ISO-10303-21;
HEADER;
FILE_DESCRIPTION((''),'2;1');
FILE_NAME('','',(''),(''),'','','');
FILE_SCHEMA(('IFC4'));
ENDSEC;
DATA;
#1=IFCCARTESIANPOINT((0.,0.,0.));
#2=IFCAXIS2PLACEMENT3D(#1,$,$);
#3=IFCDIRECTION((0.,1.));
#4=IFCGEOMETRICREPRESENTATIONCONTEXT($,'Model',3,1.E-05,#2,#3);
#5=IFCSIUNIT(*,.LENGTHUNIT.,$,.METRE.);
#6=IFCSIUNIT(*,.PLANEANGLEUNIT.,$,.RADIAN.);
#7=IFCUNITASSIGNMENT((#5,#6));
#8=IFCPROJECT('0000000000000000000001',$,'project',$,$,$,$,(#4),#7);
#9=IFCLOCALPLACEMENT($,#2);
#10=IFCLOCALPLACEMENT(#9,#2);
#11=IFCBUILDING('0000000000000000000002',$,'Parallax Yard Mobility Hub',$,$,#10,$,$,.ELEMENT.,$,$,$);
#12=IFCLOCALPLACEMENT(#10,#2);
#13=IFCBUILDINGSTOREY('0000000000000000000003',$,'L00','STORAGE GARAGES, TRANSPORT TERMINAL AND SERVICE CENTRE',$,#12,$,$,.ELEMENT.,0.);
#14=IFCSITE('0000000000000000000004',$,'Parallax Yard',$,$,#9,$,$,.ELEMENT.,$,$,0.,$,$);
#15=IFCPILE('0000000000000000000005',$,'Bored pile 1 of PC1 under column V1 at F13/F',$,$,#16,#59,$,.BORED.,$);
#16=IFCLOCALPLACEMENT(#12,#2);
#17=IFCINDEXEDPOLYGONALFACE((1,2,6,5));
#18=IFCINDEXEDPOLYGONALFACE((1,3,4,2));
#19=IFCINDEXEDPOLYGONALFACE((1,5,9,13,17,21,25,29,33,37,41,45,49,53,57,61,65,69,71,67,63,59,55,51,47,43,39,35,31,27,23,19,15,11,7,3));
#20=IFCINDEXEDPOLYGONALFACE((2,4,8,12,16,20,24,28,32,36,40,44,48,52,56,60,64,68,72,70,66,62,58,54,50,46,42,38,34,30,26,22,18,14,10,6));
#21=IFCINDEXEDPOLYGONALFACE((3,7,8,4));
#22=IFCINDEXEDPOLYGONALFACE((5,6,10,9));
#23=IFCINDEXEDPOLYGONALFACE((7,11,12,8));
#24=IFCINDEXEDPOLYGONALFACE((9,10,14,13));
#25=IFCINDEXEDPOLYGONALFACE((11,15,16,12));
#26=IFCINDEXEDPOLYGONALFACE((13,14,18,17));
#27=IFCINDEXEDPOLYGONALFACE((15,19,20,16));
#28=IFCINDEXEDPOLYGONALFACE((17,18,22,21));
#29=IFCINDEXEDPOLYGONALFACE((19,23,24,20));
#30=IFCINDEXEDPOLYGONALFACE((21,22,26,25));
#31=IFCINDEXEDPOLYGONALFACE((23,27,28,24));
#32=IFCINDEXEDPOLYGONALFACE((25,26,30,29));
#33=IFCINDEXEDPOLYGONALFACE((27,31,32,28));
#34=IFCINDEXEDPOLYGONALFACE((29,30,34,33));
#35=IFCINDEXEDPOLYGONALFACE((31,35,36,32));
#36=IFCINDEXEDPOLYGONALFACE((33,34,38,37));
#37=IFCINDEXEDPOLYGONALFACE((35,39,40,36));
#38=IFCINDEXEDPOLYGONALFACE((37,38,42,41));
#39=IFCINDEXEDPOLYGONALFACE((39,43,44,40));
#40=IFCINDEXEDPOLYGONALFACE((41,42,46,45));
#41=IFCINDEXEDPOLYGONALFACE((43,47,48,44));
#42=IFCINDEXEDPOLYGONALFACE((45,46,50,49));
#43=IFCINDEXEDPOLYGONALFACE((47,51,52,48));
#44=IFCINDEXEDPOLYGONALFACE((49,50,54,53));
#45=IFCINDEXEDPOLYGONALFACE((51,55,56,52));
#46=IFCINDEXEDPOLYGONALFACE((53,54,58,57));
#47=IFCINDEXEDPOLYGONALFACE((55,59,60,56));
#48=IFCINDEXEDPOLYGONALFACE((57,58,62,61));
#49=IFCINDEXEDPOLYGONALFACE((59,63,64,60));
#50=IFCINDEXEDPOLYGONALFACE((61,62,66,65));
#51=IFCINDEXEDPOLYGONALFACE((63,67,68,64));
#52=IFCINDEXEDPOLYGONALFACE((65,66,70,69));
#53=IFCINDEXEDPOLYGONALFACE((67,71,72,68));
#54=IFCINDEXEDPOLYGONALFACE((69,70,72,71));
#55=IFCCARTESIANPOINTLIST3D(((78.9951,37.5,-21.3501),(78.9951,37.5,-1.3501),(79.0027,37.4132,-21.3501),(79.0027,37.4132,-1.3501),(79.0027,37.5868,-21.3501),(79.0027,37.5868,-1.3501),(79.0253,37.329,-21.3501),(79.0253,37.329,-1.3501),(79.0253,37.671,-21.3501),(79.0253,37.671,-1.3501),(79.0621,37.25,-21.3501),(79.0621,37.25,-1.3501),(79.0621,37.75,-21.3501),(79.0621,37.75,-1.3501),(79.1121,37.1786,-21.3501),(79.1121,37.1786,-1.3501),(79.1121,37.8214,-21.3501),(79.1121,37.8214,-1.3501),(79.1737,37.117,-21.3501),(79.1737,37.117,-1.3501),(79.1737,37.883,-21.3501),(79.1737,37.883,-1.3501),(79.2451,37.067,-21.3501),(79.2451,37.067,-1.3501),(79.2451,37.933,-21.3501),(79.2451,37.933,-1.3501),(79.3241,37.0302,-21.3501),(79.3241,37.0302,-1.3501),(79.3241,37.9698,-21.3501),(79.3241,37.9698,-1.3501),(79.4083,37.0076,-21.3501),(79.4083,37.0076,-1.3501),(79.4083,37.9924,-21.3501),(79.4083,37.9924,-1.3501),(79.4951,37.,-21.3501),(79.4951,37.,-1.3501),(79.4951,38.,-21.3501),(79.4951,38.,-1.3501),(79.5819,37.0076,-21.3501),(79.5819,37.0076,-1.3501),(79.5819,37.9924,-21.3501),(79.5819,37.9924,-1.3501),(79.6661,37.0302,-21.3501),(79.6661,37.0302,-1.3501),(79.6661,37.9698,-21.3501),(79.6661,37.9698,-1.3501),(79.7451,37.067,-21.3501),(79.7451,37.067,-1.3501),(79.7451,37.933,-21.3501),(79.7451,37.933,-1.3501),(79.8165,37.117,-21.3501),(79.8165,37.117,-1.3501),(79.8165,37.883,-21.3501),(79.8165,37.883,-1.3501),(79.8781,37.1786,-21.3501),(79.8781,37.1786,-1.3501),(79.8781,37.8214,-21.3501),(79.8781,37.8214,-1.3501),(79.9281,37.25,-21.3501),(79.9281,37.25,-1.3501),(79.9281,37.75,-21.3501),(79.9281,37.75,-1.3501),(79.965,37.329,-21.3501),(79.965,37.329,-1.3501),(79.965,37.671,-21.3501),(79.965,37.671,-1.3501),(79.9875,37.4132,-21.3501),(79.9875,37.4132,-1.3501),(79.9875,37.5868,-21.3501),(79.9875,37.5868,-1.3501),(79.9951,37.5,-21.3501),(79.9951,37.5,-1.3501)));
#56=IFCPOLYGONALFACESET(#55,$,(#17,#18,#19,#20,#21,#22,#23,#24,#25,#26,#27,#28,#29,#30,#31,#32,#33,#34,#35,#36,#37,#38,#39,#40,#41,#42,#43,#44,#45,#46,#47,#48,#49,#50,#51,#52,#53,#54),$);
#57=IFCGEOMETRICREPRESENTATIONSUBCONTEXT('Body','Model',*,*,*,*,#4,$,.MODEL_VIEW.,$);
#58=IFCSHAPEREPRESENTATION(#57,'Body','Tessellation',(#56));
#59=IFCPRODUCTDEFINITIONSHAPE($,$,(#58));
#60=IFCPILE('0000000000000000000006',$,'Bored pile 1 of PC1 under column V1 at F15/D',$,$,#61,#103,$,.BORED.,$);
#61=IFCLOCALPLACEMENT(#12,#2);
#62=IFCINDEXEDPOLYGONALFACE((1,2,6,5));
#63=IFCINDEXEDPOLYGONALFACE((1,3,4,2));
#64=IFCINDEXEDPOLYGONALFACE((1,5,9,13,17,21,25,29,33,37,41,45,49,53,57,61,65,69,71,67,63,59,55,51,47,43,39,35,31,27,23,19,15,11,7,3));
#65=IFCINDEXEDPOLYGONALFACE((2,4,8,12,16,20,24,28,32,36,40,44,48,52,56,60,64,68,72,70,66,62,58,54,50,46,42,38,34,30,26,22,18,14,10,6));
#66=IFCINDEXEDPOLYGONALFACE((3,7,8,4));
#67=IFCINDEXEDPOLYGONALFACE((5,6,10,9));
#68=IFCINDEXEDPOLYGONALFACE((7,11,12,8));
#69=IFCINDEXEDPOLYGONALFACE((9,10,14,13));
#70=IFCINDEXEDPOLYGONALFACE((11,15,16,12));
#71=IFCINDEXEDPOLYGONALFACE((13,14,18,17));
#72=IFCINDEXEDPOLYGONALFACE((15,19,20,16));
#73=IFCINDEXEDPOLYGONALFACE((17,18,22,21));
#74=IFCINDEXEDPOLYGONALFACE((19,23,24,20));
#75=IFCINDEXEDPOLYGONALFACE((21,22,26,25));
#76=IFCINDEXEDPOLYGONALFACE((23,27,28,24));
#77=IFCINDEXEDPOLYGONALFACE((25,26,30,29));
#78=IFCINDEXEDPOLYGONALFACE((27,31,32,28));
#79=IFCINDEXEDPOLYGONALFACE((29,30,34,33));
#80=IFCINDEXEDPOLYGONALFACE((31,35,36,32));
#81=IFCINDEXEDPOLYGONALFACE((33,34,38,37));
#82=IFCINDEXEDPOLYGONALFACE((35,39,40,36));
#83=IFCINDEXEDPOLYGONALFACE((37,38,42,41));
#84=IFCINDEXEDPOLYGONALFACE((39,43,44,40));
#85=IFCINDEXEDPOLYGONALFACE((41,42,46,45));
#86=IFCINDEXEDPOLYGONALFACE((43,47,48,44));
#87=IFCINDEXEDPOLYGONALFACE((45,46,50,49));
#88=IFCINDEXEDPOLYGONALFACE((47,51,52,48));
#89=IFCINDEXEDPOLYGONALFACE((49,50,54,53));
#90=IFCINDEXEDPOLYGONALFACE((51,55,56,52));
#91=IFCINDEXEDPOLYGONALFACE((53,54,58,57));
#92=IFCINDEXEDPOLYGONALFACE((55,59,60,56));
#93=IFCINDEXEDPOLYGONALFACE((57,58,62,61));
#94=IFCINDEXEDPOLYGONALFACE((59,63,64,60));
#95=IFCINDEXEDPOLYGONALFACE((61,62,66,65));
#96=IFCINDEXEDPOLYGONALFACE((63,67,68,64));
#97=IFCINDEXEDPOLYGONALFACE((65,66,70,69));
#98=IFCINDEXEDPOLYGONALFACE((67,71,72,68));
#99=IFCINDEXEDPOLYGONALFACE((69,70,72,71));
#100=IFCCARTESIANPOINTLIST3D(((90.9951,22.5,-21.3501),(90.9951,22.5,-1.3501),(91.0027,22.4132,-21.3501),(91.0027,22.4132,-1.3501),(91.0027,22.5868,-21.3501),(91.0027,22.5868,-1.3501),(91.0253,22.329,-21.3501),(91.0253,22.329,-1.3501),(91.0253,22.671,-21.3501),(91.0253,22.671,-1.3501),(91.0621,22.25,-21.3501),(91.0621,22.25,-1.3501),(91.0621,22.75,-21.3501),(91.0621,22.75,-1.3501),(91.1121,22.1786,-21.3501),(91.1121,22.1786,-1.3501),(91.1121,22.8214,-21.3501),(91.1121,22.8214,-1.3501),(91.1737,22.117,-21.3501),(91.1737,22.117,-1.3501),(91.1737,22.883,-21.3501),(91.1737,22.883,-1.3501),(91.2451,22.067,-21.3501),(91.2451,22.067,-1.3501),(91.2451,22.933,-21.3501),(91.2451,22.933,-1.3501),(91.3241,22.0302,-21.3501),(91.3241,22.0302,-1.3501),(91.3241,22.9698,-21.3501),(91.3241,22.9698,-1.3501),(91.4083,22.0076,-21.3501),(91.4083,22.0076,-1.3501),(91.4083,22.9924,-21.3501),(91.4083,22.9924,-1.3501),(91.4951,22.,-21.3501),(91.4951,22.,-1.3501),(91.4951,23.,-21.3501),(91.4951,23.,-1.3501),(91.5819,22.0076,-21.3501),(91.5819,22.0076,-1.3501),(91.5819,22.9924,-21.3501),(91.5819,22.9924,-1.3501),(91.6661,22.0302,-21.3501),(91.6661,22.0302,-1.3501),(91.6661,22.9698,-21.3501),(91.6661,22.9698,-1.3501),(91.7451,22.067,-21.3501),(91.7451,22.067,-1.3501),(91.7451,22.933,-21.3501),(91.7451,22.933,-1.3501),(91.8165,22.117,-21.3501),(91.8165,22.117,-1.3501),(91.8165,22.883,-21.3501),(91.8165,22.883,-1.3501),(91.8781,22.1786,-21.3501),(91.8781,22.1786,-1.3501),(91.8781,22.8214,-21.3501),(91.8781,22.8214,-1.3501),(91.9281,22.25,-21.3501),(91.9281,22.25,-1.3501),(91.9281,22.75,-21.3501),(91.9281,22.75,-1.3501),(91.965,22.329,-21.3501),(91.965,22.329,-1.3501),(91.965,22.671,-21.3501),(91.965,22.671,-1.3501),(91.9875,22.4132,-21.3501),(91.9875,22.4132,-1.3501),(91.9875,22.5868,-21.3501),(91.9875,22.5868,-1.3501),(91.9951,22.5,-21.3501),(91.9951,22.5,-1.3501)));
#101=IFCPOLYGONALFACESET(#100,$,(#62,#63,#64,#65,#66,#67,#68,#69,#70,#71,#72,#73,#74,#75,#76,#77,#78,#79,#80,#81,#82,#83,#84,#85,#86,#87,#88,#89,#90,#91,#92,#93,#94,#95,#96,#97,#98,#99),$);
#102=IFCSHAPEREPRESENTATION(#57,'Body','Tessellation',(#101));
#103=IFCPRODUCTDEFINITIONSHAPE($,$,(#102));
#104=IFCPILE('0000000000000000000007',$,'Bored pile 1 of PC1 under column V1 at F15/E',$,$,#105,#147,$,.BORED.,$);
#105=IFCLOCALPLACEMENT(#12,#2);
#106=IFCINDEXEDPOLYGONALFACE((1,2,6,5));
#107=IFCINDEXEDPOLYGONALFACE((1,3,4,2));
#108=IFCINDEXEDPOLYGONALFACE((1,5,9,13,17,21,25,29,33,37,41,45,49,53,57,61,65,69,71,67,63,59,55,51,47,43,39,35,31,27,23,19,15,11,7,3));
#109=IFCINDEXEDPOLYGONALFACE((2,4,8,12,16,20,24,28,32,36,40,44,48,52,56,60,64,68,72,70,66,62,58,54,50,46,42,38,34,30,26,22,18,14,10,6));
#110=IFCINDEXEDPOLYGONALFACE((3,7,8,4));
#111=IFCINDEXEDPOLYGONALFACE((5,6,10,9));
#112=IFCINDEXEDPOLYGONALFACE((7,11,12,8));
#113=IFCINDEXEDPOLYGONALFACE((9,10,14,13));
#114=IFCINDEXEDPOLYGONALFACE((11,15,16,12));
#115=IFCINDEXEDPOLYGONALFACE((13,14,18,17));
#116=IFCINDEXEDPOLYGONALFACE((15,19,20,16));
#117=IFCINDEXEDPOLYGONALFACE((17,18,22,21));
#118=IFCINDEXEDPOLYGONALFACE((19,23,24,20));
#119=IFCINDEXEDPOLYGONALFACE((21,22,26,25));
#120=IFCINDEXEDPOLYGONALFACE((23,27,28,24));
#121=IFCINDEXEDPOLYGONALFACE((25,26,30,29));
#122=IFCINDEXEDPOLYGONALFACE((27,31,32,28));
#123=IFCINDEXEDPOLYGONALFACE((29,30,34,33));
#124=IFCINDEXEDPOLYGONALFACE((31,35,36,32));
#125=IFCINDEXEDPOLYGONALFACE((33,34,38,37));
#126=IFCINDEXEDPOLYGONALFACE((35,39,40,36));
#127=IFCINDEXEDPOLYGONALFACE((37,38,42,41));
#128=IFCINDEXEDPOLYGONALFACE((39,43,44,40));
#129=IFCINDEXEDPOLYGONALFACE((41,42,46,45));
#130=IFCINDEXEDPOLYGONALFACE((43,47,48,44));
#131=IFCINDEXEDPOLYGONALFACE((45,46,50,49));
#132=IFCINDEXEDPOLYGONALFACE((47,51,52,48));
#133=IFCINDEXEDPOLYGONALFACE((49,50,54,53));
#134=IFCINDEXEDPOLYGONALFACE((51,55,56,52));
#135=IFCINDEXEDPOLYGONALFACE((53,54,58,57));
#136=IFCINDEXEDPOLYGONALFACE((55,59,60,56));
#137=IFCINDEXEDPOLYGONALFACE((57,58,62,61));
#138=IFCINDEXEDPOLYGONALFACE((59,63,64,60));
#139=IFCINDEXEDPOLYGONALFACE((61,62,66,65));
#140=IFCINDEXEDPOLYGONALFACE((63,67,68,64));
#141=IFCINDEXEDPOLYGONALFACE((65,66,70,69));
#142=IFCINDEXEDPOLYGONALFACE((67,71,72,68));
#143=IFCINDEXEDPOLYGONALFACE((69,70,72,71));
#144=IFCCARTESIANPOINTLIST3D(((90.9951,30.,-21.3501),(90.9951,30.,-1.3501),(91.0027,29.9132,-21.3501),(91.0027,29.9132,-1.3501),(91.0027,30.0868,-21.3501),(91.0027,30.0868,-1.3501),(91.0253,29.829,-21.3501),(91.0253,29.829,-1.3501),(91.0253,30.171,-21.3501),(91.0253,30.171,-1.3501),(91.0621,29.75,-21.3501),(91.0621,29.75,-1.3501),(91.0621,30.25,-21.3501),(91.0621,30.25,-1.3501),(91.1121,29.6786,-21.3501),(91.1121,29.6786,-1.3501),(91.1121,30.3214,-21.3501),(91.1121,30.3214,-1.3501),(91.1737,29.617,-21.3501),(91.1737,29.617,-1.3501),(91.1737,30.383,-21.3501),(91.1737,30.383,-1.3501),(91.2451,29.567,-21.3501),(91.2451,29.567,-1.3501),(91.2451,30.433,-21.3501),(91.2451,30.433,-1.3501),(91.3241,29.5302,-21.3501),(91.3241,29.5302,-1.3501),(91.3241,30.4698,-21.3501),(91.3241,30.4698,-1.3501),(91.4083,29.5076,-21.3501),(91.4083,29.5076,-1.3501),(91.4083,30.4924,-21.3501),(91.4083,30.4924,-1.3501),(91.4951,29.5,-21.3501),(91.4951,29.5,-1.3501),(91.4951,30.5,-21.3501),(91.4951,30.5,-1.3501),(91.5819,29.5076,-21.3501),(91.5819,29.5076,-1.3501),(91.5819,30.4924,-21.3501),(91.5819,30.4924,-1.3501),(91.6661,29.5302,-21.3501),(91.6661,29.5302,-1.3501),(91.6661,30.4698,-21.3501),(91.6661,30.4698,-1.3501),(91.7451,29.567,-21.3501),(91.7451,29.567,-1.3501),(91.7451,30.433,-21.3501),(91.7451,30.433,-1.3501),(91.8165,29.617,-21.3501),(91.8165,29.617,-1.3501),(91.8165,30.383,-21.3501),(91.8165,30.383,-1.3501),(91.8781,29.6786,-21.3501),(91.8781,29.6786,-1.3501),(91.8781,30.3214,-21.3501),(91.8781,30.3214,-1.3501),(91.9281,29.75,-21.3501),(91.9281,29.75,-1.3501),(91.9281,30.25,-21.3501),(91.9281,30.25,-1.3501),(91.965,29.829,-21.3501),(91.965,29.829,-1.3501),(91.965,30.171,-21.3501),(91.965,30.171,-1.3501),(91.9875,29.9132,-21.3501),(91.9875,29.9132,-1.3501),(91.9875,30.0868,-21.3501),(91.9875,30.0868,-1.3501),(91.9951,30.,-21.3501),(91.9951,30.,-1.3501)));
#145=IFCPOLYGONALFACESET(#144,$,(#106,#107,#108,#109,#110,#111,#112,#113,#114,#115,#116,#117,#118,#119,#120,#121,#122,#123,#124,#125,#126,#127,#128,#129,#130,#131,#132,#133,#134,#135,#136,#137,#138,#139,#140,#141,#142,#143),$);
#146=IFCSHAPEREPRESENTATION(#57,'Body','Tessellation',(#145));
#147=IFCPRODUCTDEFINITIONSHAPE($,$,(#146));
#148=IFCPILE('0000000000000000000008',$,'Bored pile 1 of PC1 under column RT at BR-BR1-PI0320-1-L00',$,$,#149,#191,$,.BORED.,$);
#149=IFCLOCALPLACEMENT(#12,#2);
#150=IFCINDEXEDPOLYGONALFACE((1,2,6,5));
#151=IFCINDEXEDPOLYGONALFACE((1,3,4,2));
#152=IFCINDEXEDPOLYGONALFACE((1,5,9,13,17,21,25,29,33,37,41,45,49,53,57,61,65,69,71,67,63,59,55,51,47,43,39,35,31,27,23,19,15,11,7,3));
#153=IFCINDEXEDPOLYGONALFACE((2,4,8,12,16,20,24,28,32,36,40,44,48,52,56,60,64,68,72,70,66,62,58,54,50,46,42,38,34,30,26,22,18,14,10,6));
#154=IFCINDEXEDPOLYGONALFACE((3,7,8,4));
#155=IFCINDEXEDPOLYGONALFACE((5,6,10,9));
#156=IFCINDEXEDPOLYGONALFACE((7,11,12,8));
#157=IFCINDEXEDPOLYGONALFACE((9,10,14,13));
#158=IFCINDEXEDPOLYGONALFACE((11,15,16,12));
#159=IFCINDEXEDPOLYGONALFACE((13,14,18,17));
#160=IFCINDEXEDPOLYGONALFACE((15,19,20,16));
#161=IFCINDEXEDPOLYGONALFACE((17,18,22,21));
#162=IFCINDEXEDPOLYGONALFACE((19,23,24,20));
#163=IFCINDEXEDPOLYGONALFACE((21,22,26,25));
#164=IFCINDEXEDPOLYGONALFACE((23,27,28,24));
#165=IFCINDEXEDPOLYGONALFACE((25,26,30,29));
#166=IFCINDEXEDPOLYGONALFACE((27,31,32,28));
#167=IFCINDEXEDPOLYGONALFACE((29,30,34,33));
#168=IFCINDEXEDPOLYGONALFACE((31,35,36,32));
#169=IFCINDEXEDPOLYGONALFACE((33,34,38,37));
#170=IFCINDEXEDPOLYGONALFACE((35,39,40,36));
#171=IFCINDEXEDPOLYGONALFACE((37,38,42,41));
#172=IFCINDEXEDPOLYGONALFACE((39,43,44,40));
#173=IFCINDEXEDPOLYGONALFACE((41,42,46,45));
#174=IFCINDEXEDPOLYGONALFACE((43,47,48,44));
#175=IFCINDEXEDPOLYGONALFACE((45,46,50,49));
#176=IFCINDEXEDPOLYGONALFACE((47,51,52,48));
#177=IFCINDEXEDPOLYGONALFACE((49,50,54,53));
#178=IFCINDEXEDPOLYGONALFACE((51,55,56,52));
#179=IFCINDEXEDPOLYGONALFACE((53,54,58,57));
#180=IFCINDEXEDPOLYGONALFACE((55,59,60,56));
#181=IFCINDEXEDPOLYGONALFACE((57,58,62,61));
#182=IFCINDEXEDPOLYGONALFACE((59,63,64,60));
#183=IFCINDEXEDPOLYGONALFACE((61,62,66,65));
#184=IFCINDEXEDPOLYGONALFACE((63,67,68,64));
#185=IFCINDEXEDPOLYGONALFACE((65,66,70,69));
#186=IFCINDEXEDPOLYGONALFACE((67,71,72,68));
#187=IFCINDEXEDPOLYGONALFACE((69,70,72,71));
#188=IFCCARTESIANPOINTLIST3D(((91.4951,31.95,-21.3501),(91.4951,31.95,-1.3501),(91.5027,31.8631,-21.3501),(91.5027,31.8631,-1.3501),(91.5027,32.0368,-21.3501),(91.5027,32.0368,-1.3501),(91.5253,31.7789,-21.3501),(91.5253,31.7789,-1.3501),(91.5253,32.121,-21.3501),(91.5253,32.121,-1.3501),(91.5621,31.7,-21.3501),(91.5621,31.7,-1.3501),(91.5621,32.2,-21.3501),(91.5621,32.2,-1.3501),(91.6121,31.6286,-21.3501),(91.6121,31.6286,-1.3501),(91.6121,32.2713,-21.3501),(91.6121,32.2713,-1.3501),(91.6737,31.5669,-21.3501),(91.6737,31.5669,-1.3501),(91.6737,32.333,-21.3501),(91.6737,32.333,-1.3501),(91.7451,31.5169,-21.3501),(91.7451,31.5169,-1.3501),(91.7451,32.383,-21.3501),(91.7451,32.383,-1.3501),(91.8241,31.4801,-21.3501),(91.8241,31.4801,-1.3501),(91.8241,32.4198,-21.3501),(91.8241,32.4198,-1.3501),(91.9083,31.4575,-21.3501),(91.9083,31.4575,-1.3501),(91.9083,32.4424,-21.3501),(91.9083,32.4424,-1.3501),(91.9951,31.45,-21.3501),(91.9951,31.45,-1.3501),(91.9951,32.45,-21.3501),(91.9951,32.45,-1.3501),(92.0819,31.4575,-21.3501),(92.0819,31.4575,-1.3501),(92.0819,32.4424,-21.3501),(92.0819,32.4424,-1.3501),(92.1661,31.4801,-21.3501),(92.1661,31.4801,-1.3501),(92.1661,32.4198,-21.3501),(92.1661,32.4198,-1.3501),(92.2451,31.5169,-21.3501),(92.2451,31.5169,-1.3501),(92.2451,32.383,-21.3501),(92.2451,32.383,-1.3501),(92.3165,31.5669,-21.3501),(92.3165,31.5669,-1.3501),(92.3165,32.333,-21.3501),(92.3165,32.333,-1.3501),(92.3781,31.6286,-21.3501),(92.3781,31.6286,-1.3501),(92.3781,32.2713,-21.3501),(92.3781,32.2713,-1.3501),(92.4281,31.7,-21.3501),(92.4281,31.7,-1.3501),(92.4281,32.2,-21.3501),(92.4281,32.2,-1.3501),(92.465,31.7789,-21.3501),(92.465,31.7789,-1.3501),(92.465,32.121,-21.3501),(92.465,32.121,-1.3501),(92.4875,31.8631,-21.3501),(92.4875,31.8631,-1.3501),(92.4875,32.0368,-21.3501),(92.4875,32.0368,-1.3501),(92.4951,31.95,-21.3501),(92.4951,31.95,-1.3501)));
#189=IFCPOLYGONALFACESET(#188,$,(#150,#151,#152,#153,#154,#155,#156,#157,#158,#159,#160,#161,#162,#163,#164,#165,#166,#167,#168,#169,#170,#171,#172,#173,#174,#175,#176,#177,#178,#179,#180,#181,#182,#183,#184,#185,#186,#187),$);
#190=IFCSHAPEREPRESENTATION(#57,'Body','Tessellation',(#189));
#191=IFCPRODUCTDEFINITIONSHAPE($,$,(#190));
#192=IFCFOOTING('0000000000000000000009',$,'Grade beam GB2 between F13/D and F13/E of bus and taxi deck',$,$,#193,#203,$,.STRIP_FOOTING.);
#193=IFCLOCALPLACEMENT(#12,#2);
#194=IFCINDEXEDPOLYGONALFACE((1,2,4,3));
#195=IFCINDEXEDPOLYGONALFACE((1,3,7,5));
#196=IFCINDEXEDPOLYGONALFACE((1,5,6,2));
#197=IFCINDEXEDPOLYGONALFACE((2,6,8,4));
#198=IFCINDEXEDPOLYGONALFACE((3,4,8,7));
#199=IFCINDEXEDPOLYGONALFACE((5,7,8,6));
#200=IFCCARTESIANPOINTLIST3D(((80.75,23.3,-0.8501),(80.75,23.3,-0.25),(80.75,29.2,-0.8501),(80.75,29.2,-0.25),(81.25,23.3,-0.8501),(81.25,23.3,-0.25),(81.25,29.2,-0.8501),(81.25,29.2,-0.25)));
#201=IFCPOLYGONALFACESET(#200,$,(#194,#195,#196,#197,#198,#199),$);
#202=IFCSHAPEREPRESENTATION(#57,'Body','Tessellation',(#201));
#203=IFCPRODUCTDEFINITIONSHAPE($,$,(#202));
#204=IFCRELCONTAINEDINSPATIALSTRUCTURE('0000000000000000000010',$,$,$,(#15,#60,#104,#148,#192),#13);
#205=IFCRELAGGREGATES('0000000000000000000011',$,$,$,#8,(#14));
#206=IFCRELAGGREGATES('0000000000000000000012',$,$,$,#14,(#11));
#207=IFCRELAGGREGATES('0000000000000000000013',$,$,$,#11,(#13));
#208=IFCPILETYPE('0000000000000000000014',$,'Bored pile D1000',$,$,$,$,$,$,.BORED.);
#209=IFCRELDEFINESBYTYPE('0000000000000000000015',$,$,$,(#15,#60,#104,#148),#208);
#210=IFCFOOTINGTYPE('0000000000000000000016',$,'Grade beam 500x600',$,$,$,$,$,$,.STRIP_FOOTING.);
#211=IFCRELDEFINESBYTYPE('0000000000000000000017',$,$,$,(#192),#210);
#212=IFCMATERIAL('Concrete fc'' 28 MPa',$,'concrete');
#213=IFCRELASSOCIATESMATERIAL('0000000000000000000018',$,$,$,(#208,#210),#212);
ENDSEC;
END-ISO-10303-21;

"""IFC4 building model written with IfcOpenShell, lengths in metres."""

from ifc_helpers import new_model, si_unit, direction, frame, origin, origin_2d, place, context, subcontext, project, spatial, rectangle, circle, extrude, material, material_profile, profile_set, type_object, element, save


model = new_model("IFC4")

# Units and contexts
model_context = context("Model", 3, precision=1e-05, world=origin(), true_north=direction((0.0, 1.0)))
body_context = subcontext(model_context, "Body", "Model", "MODEL_VIEW")
ifc_project = project(units=[si_unit("LENGTHUNIT", "METRE"), si_unit("PLANEANGLEUNIT", "RADIAN")], contexts=[model_context])

# Site, building, storey
site_placement = place(None, origin())
site = spatial("IfcSite", under=ifc_project, at=site_placement, Name="Parallax Yard", CompositionType="ELEMENT", RefElevation=0.0)
building_placement = place(site_placement, origin())
building = spatial("IfcBuilding", under=site, at=building_placement, Name="Parallax Yard Mobility Hub", CompositionType="ELEMENT")
storey_placement = place(building_placement, origin())
storey = spatial("IfcBuildingStorey", under=building, at=storey_placement, Name="L00", Description="STORAGE GARAGES, TRANSPORT TERMINAL AND SERVICE CENTRE", CompositionType="ELEMENT", Elevation=0.0)

# Piles
ifc_material_1 = material(Name="Concrete fc' 28 MPa", Category="concrete")
ifc_material_profile_1 = material_profile(ifc_material_1, circle(Radius=0.5, at=origin_2d()), Name="Bored pile D1000")
ifc_profile_set_1 = profile_set([ifc_material_profile_1], Name="Concrete fc' 28 MPa")
pile_type = type_object("IfcPileType", Name="Bored pile D1000", PredefinedType="BORED", material=ifc_profile_set_1)
for number, where, z_axis, x_axis, name in (
    (1, (79.4951, 37.5, -1.3501), (0.0, 0.0, -1.0), (1.0, 0.0, 0.0), "Bored pile 1 of PC1 under column V1 at F13/F"),
    (2, (91.4951, 22.5, -1.3501), (0.0, 0.0, -1.0), (1.0, 0.0, 0.0), "Bored pile 1 of PC1 under column V1 at F15/D"),
    (3, (91.4951, 30.0, -1.3501), (0.0, 0.0, -1.0), (1.0, 0.0, 0.0), "Bored pile 1 of PC1 under column V1 at F15/E"),
    (4, (91.9951, 31.95, -1.3501), (0.0, 0.0, -1.0), (1.0, 0.0, 0.0), "Bored pile 1 of PC1 under column RT at BR-BR1-PI0320-1-L00"),
):
    element("IfcPile", number, at=place(storey_placement, frame(where, z_axis=z_axis, x_axis=x_axis)), inside=storey, type_object=pile_type, Name=name, PredefinedType="BORED", context=body_context, shape_type="SweptSolid", body=[
        extrude(circle(Radius=0.5, at=origin_2d()), origin(), (0.0, 0.0, 1.0), 20.0),
    ])

# Footing
ifc_material_profile_2 = material_profile(ifc_material_1, rectangle(XDim=0.5, YDim=0.6001, at=origin_2d()), Name="Grade beam 500x600")
ifc_profile_set_2 = profile_set([ifc_material_profile_2], Name="Concrete fc' 28 MPa")
footing_type_1 = type_object("IfcFootingType", Name="Grade beam 500x600", PredefinedType="STRIP_FOOTING", material=ifc_profile_set_2)
footing_1_placement = place(storey_placement, frame((81.0, 23.3, -0.55), z_axis=(0.0, 1.0, 0.0), x_axis=(-1.0, 0.0, 0.0)))
element("IfcFooting", 5, at=footing_1_placement, inside=storey, type_object=footing_type_1, Name="Grade beam GB2 between F13/D and F13/E of bus and taxi deck", PredefinedType="STRIP_FOOTING", context=body_context, shape_type="SweptSolid", body=[
    extrude(rectangle(XDim=0.5, YDim=0.6001, at=origin_2d()), origin(), (0.0, 0.0, 1.0), 5.8999),
])

save(model, "model.ifc")
